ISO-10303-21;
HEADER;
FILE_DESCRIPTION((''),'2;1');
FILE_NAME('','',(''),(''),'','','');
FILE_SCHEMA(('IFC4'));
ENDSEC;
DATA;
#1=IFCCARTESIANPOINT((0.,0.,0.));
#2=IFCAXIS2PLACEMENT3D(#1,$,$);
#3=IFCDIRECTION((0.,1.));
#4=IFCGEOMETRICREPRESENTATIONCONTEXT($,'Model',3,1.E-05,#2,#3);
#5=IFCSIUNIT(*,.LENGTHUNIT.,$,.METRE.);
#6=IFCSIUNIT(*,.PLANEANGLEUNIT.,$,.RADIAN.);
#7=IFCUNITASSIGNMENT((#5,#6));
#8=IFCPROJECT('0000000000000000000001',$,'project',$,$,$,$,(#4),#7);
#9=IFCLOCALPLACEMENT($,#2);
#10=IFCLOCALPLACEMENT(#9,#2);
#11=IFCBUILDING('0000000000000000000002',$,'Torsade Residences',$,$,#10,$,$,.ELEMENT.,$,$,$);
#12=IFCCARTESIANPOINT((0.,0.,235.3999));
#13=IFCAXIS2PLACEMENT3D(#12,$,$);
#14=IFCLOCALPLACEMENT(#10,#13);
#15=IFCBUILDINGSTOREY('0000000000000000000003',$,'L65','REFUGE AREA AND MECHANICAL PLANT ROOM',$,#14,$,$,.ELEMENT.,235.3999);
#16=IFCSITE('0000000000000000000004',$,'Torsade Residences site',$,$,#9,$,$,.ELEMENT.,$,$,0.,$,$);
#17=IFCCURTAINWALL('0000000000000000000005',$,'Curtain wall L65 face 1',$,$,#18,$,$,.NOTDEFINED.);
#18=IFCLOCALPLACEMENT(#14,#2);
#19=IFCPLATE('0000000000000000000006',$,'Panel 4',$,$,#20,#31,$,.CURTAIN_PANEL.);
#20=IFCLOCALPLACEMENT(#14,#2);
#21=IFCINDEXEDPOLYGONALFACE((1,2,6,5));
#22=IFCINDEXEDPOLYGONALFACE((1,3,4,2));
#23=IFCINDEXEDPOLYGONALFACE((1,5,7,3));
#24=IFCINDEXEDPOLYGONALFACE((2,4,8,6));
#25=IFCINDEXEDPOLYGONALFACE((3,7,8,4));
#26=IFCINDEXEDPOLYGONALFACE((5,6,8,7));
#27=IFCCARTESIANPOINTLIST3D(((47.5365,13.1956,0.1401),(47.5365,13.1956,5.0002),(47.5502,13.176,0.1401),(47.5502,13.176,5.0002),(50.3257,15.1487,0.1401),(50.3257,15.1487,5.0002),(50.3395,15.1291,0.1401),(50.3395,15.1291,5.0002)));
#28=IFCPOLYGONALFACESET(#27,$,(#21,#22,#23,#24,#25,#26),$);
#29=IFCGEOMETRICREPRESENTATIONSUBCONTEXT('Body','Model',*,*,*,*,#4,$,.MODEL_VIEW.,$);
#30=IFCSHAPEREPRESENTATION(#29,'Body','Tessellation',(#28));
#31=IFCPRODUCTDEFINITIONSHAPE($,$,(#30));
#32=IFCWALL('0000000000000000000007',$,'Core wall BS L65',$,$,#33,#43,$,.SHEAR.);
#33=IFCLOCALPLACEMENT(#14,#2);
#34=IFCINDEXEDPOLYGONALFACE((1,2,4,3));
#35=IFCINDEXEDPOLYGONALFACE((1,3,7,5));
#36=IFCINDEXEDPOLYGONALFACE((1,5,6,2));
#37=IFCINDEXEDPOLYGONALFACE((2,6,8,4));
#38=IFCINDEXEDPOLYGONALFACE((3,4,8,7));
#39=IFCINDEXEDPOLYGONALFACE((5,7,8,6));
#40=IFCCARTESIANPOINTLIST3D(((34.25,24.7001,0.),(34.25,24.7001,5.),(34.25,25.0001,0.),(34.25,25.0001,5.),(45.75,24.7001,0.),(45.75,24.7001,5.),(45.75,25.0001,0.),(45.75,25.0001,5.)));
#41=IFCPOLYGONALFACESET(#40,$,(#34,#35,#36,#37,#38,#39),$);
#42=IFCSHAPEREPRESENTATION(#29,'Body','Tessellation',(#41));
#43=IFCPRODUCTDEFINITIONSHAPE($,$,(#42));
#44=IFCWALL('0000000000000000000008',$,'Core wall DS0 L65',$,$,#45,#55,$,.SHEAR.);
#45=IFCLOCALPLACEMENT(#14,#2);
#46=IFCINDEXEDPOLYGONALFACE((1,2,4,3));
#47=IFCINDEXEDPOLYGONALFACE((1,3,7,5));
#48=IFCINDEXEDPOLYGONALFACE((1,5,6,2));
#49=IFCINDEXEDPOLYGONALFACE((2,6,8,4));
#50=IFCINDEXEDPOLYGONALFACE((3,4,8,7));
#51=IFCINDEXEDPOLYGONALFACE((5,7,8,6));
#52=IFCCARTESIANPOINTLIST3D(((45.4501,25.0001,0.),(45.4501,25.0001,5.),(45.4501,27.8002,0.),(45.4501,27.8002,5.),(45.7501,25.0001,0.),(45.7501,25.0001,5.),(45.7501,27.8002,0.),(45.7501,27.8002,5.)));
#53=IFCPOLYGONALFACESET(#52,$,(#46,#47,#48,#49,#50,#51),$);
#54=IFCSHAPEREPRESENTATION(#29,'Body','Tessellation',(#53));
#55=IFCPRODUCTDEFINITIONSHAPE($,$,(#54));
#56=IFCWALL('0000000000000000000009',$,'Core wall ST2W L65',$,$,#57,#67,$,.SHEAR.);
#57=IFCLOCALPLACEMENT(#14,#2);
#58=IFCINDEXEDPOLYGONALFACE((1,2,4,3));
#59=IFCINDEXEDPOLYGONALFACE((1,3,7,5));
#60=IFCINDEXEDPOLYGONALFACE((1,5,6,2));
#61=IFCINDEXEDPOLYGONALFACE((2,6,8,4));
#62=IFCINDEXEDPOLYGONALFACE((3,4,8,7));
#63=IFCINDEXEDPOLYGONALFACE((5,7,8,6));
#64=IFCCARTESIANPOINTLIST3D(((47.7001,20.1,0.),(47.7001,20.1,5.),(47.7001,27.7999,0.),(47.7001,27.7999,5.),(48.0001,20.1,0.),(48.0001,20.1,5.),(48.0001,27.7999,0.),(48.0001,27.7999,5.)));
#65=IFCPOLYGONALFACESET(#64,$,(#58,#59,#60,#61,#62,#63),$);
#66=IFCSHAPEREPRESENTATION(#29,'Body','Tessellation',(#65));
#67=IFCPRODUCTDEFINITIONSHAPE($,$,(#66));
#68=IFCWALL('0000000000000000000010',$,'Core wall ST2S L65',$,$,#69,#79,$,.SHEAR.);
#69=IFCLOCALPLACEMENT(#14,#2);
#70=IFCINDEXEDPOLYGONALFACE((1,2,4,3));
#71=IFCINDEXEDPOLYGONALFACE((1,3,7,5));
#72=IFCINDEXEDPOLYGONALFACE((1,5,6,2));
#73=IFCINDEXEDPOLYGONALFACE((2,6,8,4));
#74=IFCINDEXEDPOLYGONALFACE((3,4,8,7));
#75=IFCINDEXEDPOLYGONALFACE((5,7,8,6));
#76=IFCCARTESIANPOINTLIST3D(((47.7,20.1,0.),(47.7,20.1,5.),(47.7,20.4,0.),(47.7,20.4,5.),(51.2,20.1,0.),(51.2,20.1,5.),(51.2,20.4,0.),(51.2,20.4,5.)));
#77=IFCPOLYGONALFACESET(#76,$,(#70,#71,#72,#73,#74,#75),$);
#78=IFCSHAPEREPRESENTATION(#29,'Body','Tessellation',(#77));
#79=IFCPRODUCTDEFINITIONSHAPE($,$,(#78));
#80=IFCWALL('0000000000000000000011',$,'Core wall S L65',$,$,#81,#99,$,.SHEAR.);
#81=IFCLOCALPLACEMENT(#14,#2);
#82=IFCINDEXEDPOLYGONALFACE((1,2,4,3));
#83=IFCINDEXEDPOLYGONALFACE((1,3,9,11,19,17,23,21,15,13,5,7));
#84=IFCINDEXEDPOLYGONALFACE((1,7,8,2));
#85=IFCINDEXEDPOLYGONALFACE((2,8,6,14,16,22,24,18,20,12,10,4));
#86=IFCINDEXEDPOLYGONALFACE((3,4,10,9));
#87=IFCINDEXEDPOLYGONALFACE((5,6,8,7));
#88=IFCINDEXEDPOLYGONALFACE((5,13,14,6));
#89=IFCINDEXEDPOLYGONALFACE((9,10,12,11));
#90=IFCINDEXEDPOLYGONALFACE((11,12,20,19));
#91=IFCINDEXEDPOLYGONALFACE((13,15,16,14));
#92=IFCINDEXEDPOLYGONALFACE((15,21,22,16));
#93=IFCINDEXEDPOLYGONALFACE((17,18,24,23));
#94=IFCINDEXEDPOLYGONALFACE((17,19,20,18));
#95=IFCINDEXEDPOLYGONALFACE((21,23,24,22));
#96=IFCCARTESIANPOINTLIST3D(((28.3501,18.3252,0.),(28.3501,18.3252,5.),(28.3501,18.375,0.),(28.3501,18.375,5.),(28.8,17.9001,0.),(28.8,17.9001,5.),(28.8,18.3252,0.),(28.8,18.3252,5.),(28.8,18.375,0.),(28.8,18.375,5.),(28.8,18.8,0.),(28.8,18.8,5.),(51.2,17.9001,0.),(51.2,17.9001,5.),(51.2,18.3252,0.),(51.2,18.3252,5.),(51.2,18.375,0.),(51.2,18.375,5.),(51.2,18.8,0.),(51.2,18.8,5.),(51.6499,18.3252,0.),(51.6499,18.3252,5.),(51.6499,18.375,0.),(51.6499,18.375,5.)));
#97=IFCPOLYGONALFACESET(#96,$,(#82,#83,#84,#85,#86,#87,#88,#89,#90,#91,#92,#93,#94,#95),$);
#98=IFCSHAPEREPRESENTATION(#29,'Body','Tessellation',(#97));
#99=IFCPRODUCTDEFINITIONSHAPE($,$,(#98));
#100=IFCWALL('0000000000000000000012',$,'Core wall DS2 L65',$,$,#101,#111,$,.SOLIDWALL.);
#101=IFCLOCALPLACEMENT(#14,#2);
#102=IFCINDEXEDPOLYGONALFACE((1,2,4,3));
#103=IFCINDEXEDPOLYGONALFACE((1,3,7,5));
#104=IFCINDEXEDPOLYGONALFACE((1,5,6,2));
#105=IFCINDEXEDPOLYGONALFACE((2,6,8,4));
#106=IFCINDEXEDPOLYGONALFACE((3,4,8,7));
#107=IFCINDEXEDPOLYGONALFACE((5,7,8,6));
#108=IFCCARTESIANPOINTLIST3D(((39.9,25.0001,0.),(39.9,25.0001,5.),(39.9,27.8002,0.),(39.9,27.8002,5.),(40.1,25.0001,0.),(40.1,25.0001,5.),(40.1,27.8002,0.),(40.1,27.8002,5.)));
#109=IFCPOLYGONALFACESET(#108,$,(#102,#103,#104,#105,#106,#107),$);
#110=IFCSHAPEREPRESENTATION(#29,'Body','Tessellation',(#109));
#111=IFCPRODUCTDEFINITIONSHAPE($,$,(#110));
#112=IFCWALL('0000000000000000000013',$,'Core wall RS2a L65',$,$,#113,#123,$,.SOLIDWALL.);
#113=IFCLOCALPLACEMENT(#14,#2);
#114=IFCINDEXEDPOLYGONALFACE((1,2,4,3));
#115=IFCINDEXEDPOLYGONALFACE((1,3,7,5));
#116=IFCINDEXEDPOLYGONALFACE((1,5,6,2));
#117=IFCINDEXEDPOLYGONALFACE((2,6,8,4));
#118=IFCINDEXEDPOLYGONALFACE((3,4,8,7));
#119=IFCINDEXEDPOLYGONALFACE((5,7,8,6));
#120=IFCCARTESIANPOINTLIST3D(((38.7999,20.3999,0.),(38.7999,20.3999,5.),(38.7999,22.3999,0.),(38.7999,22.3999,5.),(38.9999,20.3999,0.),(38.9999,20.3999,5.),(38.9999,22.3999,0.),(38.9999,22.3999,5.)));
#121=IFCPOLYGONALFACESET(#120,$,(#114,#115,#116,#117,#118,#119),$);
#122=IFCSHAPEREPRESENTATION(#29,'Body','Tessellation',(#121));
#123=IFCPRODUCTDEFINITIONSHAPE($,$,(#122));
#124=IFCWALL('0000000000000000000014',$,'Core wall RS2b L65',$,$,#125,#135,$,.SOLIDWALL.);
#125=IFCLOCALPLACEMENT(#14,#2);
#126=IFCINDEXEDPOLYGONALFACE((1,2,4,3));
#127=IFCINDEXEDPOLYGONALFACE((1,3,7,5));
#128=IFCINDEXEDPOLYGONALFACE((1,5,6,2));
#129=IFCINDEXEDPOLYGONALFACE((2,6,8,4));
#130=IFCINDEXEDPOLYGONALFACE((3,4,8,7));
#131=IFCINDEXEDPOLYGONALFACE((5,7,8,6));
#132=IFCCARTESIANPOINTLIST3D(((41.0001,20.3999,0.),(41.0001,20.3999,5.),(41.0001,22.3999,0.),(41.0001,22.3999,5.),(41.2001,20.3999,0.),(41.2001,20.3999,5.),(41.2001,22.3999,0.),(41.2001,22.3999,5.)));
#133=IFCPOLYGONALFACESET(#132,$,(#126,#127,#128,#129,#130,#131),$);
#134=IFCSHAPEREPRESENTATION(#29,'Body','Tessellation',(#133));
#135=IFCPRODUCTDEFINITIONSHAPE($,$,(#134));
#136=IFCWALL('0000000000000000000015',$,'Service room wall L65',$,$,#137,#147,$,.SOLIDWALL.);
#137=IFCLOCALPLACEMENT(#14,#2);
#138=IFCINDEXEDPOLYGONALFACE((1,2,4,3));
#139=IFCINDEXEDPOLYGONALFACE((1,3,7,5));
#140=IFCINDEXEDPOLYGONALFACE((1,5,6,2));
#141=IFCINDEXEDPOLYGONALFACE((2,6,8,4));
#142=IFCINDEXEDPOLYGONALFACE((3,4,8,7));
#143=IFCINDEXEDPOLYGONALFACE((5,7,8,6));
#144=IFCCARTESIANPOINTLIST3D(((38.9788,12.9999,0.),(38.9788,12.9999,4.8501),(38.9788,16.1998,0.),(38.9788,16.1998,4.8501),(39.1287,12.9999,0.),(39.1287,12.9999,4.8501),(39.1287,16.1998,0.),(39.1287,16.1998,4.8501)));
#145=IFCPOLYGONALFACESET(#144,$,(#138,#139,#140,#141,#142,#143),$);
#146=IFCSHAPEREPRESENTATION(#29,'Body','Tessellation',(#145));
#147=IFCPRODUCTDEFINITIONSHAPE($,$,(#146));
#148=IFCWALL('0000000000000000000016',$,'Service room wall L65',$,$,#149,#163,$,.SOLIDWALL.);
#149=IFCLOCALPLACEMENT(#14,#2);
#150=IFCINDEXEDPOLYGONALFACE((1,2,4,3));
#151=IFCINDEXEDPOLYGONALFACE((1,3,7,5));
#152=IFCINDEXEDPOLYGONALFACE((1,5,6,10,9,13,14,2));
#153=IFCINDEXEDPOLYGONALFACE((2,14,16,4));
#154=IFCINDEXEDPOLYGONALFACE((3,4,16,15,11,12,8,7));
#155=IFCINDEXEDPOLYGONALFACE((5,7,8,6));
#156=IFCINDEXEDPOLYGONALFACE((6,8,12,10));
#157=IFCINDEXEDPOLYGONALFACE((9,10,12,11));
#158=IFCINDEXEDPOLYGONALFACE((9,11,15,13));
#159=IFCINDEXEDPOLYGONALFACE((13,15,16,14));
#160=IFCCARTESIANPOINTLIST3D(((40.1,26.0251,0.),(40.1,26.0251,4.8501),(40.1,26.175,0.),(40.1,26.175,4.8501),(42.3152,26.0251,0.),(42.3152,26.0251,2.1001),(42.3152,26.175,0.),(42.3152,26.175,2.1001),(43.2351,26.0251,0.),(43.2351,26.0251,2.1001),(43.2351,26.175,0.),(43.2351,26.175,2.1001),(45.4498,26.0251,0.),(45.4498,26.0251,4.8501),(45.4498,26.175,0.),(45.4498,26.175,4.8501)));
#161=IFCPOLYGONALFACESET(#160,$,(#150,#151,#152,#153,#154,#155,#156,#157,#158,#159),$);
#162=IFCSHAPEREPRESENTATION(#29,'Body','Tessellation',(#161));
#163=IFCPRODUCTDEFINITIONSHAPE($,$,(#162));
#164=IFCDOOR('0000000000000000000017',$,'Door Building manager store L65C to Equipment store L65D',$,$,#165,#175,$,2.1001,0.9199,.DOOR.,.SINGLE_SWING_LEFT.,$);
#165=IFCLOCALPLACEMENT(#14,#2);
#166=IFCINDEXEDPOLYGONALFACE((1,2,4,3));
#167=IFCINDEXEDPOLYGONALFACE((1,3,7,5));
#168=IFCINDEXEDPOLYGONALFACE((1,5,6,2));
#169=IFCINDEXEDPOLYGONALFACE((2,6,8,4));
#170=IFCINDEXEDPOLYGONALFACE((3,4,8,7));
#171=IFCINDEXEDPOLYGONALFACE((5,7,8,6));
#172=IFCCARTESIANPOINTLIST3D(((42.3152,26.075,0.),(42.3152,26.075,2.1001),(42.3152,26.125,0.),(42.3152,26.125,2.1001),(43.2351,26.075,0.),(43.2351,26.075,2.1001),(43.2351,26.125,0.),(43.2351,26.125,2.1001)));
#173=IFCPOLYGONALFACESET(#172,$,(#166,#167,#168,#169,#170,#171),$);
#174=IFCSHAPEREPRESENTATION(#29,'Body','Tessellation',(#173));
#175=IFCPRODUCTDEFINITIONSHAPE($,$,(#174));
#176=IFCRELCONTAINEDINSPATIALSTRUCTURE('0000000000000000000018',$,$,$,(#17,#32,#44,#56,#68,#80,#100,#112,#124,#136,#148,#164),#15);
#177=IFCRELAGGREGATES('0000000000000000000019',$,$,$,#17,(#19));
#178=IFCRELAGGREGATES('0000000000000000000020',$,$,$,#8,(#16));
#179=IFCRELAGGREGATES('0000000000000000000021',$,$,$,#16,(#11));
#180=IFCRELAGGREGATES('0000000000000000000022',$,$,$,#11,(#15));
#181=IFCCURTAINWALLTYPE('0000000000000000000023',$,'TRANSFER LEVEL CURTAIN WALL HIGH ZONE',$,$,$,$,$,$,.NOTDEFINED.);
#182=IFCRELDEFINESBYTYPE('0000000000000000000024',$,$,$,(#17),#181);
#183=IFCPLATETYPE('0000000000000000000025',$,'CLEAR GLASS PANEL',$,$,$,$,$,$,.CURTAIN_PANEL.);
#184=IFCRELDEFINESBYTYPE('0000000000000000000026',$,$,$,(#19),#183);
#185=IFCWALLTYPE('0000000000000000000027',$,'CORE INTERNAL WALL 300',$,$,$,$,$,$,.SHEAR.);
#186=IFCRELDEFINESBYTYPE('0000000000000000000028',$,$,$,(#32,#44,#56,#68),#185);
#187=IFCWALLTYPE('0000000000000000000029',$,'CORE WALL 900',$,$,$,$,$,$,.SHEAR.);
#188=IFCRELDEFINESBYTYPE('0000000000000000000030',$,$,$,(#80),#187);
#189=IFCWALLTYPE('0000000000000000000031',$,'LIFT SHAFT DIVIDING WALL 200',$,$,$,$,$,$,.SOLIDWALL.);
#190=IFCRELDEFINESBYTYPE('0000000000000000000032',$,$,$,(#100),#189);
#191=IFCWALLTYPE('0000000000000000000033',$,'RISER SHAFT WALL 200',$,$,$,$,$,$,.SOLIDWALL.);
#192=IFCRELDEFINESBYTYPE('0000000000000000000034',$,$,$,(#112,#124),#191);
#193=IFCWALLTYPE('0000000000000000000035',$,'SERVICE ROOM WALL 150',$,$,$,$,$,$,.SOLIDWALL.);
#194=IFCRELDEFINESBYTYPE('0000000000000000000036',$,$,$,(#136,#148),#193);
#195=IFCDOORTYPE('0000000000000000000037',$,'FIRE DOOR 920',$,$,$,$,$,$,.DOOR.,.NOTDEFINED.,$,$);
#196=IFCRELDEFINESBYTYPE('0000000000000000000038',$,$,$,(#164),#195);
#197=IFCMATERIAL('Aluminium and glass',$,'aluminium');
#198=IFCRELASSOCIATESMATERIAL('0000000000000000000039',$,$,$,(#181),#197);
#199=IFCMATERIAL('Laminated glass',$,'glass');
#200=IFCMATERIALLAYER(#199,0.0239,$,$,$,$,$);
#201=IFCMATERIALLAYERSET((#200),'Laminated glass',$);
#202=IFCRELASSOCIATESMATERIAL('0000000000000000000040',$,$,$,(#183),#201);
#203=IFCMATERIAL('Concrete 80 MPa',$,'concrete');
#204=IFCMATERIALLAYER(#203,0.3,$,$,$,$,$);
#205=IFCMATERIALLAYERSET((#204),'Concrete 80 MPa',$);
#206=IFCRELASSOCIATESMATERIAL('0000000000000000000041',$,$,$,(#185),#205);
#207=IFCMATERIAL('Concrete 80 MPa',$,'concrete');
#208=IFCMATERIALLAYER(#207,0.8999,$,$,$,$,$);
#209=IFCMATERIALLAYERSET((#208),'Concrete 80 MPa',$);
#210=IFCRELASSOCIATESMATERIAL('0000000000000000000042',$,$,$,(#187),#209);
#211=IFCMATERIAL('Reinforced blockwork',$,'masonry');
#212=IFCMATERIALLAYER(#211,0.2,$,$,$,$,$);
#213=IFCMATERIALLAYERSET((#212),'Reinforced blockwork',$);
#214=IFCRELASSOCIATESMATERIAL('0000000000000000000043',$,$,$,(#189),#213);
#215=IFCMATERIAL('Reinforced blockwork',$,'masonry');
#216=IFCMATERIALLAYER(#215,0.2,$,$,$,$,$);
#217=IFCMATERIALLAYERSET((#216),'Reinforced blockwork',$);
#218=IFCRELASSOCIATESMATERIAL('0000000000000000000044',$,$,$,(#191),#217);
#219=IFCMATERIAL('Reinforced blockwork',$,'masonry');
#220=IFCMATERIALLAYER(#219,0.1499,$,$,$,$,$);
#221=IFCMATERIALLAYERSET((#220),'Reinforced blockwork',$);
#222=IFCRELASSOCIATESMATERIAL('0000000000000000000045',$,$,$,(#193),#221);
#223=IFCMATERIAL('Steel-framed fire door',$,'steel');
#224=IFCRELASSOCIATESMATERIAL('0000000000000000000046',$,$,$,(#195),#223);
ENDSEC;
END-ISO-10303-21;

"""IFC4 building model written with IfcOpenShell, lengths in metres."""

from ifc_helpers import new_model, si_unit, direction, frame, frame_2d, origin, origin_2d, place, context, subcontext, project, spatial, polyline, rectangle, outline, extrude, material, layer, layer_set, type_object, element, fill, aggregate, save


model = new_model("IFC4")

# Units and contexts
model_context = context("Model", 3, precision=1e-05, world=origin(), true_north=direction((0.0, 1.0)))
body_context = subcontext(model_context, "Body", "Model", "MODEL_VIEW")
ifc_project = project(units=[si_unit("LENGTHUNIT", "METRE"), si_unit("PLANEANGLEUNIT", "RADIAN")], contexts=[model_context])

# Site, building, storey
site_placement = place(None, origin())
site = spatial("IfcSite", under=ifc_project, at=site_placement, Name="Torsade Residences site", CompositionType="ELEMENT", RefElevation=0.0)
building_placement = place(site_placement, origin())
building = spatial("IfcBuilding", under=site, at=building_placement, Name="Torsade Residences", CompositionType="ELEMENT")
storey_placement = place(building_placement, frame((0.0, 0.0, 235.3999)))
storey = spatial("IfcBuildingStorey", under=building, at=storey_placement, Name="L65", Description="REFUGE AREA AND MECHANICAL PLANT ROOM", CompositionType="ELEMENT", Elevation=235.3999)

# Curtain wall
ifc_material_1 = material(Name="Aluminium and glass", Category="aluminium")
curtain_wall_type = type_object("IfcCurtainWallType", Name="TRANSFER LEVEL CURTAIN WALL HIGH ZONE", PredefinedType="NOTDEFINED", material=ifc_material_1)
curtain_wall_placement = place(storey_placement, origin())
curtain_wall = element("IfcCurtainWall", 1, at=curtain_wall_placement, inside=storey, type_object=curtain_wall_type, Name="Curtain wall L65 face 1", PredefinedType="NOTDEFINED")

# Plate
ifc_material_2 = material(Name="Laminated glass", Category="glass")
ifc_layer_1 = layer(ifc_material_2, 0.0239)
ifc_layer_set_1 = layer_set([ifc_layer_1], Name="Laminated glass")
plate_type = type_object("IfcPlateType", Name="CLEAR GLASS PANEL", PredefinedType="CURTAIN_PANEL", material=ifc_layer_set_1)
plate_placement = place(storey_placement, frame((48.938, 14.1624, 0.1401), z_axis=(0.0, 0.0, 1.0), x_axis=(0.819152, 0.573576, 0.0)))
plate = element("IfcPlate", 2, at=plate_placement, type_object=plate_type, Name="Panel 4", PredefinedType="CURTAIN_PANEL", context=body_context, shape_type="SweptSolid", body=[
    extrude(rectangle(XDim=3.405, YDim=0.0239, at=origin_2d()), origin(), (0.0, 0.0, 1.0), 4.8601),
])
aggregate(curtain_wall, [plate])

# Walls
ifc_material_3 = material(Name="Concrete 80 MPa", Category="concrete")
ifc_layer_2 = layer(ifc_material_3, 0.3)
ifc_layer_set_2 = layer_set([ifc_layer_2], Name="Concrete 80 MPa")
wall_type_1 = type_object("IfcWallType", Name="CORE INTERNAL WALL 300", PredefinedType="SHEAR", material=ifc_layer_set_2)
wall_1_placement = place(storey_placement, frame((45.75, 24.8501, 0.0), z_axis=(0.0, 0.0, 1.0), x_axis=(-1.0, 0.0, 0.0)))
element("IfcWall", 3, at=wall_1_placement, inside=storey, type_object=wall_type_1, Name="Core wall BS L65", PredefinedType="SHEAR", context=body_context, shape_type="SweptSolid", body=[
    extrude(rectangle(XDim=11.5, YDim=0.3, at=frame_2d((5.75, 0.0))), origin(), (0.0, 0.0, 1.0), 5.0),
])
wall_2_placement = place(storey_placement, frame((45.6001, 27.8, 0.0), z_axis=(0.0, 0.0, 1.0), x_axis=(0.0, -1.0, 0.0)))
element("IfcWall", 4, at=wall_2_placement, inside=storey, type_object=wall_type_1, Name="Core wall DS0 L65", PredefinedType="SHEAR", context=body_context, shape_type="SweptSolid", body=[
    extrude(rectangle(XDim=2.8, YDim=0.3, at=frame_2d((1.3999, 0.0))), origin(), (0.0, 0.0, 1.0), 5.0),
])
wall_3_placement = place(storey_placement, frame((47.8501, 27.8, 0.0), z_axis=(0.0, 0.0, 1.0), x_axis=(0.0, -1.0, 0.0)))
element("IfcWall", 5, at=wall_3_placement, inside=storey, type_object=wall_type_1, Name="Core wall ST2W L65", PredefinedType="SHEAR", context=body_context, shape_type="SweptSolid", body=[
    extrude(rectangle(XDim=7.7, YDim=0.3, at=frame_2d((3.8501, 0.0))), origin(), (0.0, 0.0, 1.0), 5.0),
])
wall_4_placement = place(storey_placement, frame((51.2, 20.25, 0.0), z_axis=(0.0, 0.0, 1.0), x_axis=(-1.0, 0.0, 0.0)))
element("IfcWall", 6, at=wall_4_placement, inside=storey, type_object=wall_type_1, Name="Core wall ST2S L65", PredefinedType="SHEAR", context=body_context, shape_type="SweptSolid", body=[
    extrude(rectangle(XDim=3.5, YDim=0.3, at=frame_2d((1.75, 0.0))), origin(), (0.0, 0.0, 1.0), 5.0),
])
ifc_material_4 = material(Name="Concrete 80 MPa", Category="concrete")
ifc_layer_3 = layer(ifc_material_4, 0.8999)
ifc_layer_set_3 = layer_set([ifc_layer_3], Name="Concrete 80 MPa")
wall_type_2 = type_object("IfcWallType", Name="CORE WALL 900", PredefinedType="SHEAR", material=ifc_layer_set_3)
wall_5_placement = place(storey_placement, frame((51.2, 18.3501, 0.0), z_axis=(0.0, 0.0, 1.0), x_axis=(-1.0, 0.0, 0.0)))
element("IfcWall", 7, at=wall_5_placement, inside=storey, type_object=wall_type_2, Name="Core wall S L65", PredefinedType="SHEAR", context=body_context, shape_type="SweptSolid", body=[
    extrude(outline(polyline([(0.0, -0.45), (22.3999, -0.45), (22.3999, -0.0249), (22.8499, -0.0249), (22.8499, 0.0249), (22.3999, 0.0249), (22.3999, 0.45), (0.0, 0.45), (0.0, 0.0249), (-0.45, 0.0249), (-0.45, -0.0249), (0.0, -0.0249), (0.0, -0.45)])), origin(), (0.0, 0.0, 1.0), 5.0),
])
ifc_material_5 = material(Name="Reinforced blockwork", Category="masonry")
ifc_layer_4 = layer(ifc_material_5, 0.2)
ifc_layer_set_4 = layer_set([ifc_layer_4], Name="Reinforced blockwork")
wall_type_3 = type_object("IfcWallType", Name="LIFT SHAFT DIVIDING WALL 200", PredefinedType="SOLIDWALL", material=ifc_layer_set_4)
wall_6_placement = place(storey_placement, frame((40.0, 27.8, 0.0), z_axis=(0.0, 0.0, 1.0), x_axis=(0.0, -1.0, 0.0)))
element("IfcWall", 8, at=wall_6_placement, inside=storey, type_object=wall_type_3, Name="Core wall DS2 L65", PredefinedType="SOLIDWALL", context=body_context, shape_type="SweptSolid", body=[
    extrude(rectangle(XDim=2.8, YDim=0.2, at=frame_2d((1.3999, 0.0))), origin(), (0.0, 0.0, 1.0), 5.0),
])
ifc_material_6 = material(Name="Reinforced blockwork", Category="masonry")
ifc_layer_5 = layer(ifc_material_6, 0.2)
ifc_layer_set_5 = layer_set([ifc_layer_5], Name="Reinforced blockwork")
wall_type_4 = type_object("IfcWallType", Name="RISER SHAFT WALL 200", PredefinedType="SOLIDWALL", material=ifc_layer_set_5)
for number, where, z_axis, x_axis, name in (
    (9, (38.8999, 22.3999, 0.0), (0.0, 0.0, 1.0), (0.0, -1.0, 0.0), "Core wall RS2a L65"),
    (10, (41.1001, 22.3999, 0.0), (0.0, 0.0, 1.0), (0.0, -1.0, 0.0), "Core wall RS2b L65"),
):
    element("IfcWall", number, at=place(storey_placement, frame(where, z_axis=z_axis, x_axis=x_axis)), inside=storey, type_object=wall_type_4, Name=name, PredefinedType="SOLIDWALL", context=body_context, shape_type="SweptSolid", body=[
        extrude(rectangle(XDim=2.0, YDim=0.2, at=frame_2d((1.0, 0.0))), origin(), (0.0, 0.0, 1.0), 5.0),
    ])
ifc_material_7 = material(Name="Reinforced blockwork", Category="masonry")
ifc_layer_6 = layer(ifc_material_7, 0.1499)
ifc_layer_set_6 = layer_set([ifc_layer_6], Name="Reinforced blockwork")
wall_type_5 = type_object("IfcWallType", Name="SERVICE ROOM WALL 150", PredefinedType="SOLIDWALL", material=ifc_layer_set_6)
wall_7_placement = place(storey_placement, frame((39.0537, 16.2, 0.0), z_axis=(0.0, 0.0, 1.0), x_axis=(0.0, -1.0, 0.0)))
element("IfcWall", 11, at=wall_7_placement, inside=storey, type_object=wall_type_5, Name="Service room wall L65", PredefinedType="SOLIDWALL", context=body_context, shape_type="SweptSolid", body=[
    extrude(rectangle(XDim=3.2, YDim=0.1499, at=frame_2d((1.6001, 0.0))), origin(), (0.0, 0.0, 1.0), 4.8501),
])

# Wall, opening, door
wall_8_placement = place(storey_placement, frame((40.1001, 26.1001, 0.0), z_axis=(0.0, 0.0, 1.0), x_axis=(1.0, 0.0, 0.0)))
wall_8 = element("IfcWall", 12, at=wall_8_placement, inside=storey, type_object=wall_type_5, Name="Service room wall L65", PredefinedType="SOLIDWALL", context=body_context, shape_type="SweptSolid", body=[
    extrude(rectangle(XDim=5.3499, YDim=0.1499, at=frame_2d((2.6748, 0.0))), origin(), (0.0, 0.0, 1.0), 4.8501),
])
opening_placement = place(wall_8_placement, frame((2.2151, 0.0, 0.0)))
opening = element("IfcOpeningElement", 13, at=opening_placement, cuts=wall_8, PredefinedType="OPENING", context=body_context, shape_type="SweptSolid", body=[
    extrude(rectangle(XDim=0.9199, YDim=2.1001, at=frame_2d((0.46, 1.05))), frame((0.0, 0.085, 0.0), z_axis=(0.0, -1.0, 0.0), x_axis=(1.0, 0.0, 0.0)), (0.0, 0.0, 1.0), 0.1699),
])
ifc_material_8 = material(Name="Steel-framed fire door", Category="steel")
door_type = type_object("IfcDoorType", Name="FIRE DOOR 920", OperationType="NOTDEFINED", PredefinedType="DOOR", material=ifc_material_8)
door_placement = place(opening_placement, origin())
door = element("IfcDoor", 14, at=door_placement, inside=storey, type_object=door_type, Name="Door Building manager store L65C to Equipment store L65D", OperationType="SINGLE_SWING_LEFT", OverallHeight=2.1001, OverallWidth=0.9199, PredefinedType="DOOR", context=body_context, shape_type="SweptSolid", body=[
    extrude(rectangle(XDim=0.9199, YDim=2.1001, at=frame_2d((0.46, 1.05))), frame((0.0, 0.0249, 0.0), z_axis=(0.0, -1.0, 0.0), x_axis=(1.0, 0.0, 0.0)), (0.0, 0.0, 1.0), 0.05),
])
fill(opening, door)

save(model, "model.ifc")
